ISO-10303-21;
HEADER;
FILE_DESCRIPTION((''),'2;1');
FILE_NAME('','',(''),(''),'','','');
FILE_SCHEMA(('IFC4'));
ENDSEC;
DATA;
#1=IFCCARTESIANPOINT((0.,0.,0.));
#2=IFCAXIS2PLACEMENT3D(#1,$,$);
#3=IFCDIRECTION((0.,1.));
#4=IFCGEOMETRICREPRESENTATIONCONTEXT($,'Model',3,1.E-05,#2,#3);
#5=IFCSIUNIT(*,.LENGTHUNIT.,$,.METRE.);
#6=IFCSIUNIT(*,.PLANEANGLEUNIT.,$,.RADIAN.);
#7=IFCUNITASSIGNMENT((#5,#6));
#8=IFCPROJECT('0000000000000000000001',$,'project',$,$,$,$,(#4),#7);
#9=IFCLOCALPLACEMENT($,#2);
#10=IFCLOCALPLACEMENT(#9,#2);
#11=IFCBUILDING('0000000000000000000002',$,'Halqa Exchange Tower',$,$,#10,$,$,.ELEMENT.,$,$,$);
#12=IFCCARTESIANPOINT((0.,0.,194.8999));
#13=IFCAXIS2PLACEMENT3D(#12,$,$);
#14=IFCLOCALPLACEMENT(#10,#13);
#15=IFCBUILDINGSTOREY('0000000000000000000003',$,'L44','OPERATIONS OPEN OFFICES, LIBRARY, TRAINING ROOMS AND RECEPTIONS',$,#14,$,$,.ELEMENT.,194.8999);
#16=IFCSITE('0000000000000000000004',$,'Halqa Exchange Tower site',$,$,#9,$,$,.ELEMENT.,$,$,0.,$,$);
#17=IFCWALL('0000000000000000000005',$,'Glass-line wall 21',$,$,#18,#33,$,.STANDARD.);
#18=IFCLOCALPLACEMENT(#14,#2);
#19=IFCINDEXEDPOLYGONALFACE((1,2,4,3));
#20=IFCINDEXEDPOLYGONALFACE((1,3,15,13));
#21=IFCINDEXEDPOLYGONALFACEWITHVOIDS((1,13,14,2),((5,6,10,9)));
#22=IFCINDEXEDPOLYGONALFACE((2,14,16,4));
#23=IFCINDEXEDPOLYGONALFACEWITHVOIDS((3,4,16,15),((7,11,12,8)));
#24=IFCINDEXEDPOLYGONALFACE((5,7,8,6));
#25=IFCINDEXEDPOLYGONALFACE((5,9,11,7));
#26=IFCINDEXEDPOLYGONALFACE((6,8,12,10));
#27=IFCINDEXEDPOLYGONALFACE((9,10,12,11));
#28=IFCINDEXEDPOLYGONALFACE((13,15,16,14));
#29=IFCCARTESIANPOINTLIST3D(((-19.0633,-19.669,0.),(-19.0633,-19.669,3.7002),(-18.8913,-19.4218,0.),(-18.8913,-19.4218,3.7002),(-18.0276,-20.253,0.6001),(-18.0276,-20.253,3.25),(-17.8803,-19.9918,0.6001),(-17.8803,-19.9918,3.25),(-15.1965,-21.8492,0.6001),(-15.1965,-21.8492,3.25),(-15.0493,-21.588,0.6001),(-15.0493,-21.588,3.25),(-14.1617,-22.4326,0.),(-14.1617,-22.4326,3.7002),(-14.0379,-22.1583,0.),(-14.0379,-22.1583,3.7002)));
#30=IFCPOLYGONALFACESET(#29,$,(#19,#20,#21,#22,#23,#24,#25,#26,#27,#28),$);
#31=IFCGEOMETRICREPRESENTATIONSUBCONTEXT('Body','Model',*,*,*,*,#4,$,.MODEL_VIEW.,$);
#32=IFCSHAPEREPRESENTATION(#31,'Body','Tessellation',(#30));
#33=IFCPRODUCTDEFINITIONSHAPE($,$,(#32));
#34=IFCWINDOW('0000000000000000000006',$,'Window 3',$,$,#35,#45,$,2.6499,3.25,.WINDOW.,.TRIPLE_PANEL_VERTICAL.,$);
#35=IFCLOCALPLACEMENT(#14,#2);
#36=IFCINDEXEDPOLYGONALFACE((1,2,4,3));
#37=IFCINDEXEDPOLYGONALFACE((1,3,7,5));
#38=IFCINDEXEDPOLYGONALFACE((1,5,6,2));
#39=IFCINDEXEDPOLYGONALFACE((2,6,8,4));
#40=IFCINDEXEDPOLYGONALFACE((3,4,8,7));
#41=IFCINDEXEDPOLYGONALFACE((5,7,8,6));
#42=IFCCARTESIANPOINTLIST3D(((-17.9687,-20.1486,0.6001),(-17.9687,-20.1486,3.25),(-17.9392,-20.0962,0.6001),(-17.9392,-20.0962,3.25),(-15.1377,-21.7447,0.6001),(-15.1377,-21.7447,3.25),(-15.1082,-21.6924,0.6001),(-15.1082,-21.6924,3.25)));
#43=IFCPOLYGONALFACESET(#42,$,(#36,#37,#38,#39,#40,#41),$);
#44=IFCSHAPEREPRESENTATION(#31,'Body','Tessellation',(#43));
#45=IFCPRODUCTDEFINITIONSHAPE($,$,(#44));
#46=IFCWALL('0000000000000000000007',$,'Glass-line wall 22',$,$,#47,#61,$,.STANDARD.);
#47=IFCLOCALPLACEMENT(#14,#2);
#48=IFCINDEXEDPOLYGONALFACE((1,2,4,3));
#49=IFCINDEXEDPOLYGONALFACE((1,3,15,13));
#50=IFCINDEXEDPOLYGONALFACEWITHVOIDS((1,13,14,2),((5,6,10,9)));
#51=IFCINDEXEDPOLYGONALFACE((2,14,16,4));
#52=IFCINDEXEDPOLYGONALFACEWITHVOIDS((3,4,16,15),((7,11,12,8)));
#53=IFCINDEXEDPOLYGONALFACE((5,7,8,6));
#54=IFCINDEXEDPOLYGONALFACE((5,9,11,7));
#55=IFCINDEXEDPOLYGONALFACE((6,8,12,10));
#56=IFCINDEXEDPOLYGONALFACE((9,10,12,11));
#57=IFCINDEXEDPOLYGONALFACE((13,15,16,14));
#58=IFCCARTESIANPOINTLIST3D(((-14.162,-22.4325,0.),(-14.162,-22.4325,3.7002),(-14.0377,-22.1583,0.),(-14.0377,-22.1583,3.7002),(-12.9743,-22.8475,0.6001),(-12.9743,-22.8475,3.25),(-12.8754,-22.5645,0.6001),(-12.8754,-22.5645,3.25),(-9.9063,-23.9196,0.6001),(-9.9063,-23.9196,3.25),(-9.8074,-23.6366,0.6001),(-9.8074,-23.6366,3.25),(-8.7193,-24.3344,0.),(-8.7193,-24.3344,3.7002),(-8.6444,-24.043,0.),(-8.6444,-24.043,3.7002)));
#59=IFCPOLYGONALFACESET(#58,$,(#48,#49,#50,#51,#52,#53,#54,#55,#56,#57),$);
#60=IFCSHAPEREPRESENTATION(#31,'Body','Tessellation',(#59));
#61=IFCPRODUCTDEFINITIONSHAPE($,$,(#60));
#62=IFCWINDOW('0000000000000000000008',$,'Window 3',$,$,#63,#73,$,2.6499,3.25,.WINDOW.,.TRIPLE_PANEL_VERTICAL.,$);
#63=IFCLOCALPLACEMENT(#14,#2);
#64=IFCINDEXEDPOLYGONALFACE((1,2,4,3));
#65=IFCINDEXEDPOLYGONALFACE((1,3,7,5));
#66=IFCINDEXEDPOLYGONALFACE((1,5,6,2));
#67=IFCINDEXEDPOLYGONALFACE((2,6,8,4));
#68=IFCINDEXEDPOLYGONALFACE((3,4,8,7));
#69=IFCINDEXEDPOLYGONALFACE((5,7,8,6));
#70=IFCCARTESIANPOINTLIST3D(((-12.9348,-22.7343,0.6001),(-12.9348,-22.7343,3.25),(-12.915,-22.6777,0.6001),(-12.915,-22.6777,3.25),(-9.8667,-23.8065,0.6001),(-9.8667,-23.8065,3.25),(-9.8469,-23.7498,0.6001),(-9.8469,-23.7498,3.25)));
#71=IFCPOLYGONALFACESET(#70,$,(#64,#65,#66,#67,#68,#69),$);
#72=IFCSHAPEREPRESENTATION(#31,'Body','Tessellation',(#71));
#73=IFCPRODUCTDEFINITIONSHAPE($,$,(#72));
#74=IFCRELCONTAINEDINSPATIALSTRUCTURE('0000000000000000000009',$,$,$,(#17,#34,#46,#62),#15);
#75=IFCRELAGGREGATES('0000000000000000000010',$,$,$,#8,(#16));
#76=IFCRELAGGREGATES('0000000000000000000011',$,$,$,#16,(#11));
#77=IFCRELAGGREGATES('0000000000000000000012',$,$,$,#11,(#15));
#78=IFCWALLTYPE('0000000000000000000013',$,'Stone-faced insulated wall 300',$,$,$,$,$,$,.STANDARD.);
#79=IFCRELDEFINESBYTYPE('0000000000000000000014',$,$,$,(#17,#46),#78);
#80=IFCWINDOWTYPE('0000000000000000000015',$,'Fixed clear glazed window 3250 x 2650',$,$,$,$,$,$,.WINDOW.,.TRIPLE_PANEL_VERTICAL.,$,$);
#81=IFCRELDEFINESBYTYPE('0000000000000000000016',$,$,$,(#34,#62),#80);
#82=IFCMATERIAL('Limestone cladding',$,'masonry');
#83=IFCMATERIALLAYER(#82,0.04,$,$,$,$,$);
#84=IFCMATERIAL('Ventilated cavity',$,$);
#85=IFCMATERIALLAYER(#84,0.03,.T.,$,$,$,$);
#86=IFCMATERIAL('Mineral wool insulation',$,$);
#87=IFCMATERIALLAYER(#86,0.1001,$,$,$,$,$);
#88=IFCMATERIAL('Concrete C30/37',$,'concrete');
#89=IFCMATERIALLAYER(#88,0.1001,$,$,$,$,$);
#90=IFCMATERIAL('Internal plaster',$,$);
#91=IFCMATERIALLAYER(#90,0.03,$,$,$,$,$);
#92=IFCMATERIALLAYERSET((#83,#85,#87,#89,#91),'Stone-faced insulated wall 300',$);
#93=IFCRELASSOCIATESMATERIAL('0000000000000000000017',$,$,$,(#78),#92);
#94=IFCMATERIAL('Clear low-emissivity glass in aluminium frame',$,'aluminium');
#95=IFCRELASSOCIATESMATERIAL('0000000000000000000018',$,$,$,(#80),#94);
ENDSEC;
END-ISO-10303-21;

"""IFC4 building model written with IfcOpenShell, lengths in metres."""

from ifc_helpers import new_model, si_unit, direction, frame, frame_2d, origin, place, context, subcontext, project, spatial, polyline, rectangle, outline, extrude, material, layer, layer_set, type_object, element, fill, save


model = new_model("IFC4")

# Units and contexts
model_context = context("Model", 3, precision=1e-05, world=origin(), true_north=direction((0.0, 1.0)))
body_context = subcontext(model_context, "Body", "Model", "MODEL_VIEW")
ifc_project = project(units=[si_unit("LENGTHUNIT", "METRE"), si_unit("PLANEANGLEUNIT", "RADIAN")], contexts=[model_context])

# Site, building, storey
site_placement = place(None, origin())
site = spatial("IfcSite", under=ifc_project, at=site_placement, Name="Halqa Exchange Tower site", CompositionType="ELEMENT", RefElevation=0.0)
building_placement = place(site_placement, origin())
building = spatial("IfcBuilding", under=site, at=building_placement, Name="Halqa Exchange Tower", CompositionType="ELEMENT")
storey_placement = place(building_placement, frame((0.0, 0.0, 194.8999)))
storey = spatial("IfcBuildingStorey", under=building, at=storey_placement, Name="L44", Description="OPERATIONS OPEN OFFICES, LIBRARY, TRAINING ROOMS AND RECEPTIONS", CompositionType="ELEMENT", Elevation=194.8999)

# Shared definitions
ifc_material_1 = material(Name="Limestone cladding", Category="masonry")
ifc_layer_1 = layer(ifc_material_1, 0.04)
ifc_material_2 = material(Name="Ventilated cavity")
ifc_layer_2 = layer(ifc_material_2, 0.03, ventilated=True)
ifc_material_3 = material(Name="Mineral wool insulation")
ifc_layer_3 = layer(ifc_material_3, 0.1001)
ifc_material_4 = material(Name="Concrete C30/37", Category="concrete")
ifc_layer_4 = layer(ifc_material_4, 0.1001)
ifc_material_5 = material(Name="Internal plaster")
ifc_layer_5 = layer(ifc_material_5, 0.03)
ifc_layer_set_1 = layer_set([ifc_layer_1, ifc_layer_2, ifc_layer_3, ifc_layer_4, ifc_layer_5], Name="Stone-faced insulated wall 300")
wall_type_1 = type_object("IfcWallType", Name="Stone-faced insulated wall 300", PredefinedType="STANDARD", material=ifc_layer_set_1)
ifc_material_6 = material(Name="Clear low-emissivity glass in aluminium frame", Category="aluminium")

# Walls, openings, windows
wall_1_placement = place(storey_placement, frame((-18.9773, -19.5454, 0.0), z_axis=(0.0, 0.0, 1.0), x_axis=(0.871084, -0.491135, 0.0)))
wall_1 = element("IfcWall", 1, at=wall_1_placement, inside=storey, type_object=wall_type_1, Name="Glass-line wall 21", PredefinedType="STANDARD", context=body_context, shape_type="SweptSolid", body=[
    extrude(outline(polyline([(-0.0142, -0.1499), (5.6128, -0.1499), (5.5859, 0.1499), (0.0142, 0.1499), (-0.0142, -0.1499)])), origin(), (0.0, 0.0, 1.0), 3.7002),
])
opening_1_placement = place(wall_1_placement, frame((1.1748, 0.0, 0.6001)))
opening_1 = element("IfcOpeningElement", 2, at=opening_1_placement, cuts=wall_1, PredefinedType="OPENING", context=body_context, shape_type="SweptSolid", body=[
    extrude(rectangle(XDim=3.25, YDim=2.6499, at=frame_2d((1.625, 1.325))), frame((0.0, 0.1621, 0.0), z_axis=(0.0, -1.0, 0.0), x_axis=(1.0, 0.0, 0.0)), (0.0, 0.0, 1.0), 0.324),
])
window_type = type_object("IfcWindowType", Name="Fixed clear glazed window 3250 x 2650", PartitioningType="TRIPLE_PANEL_VERTICAL", PredefinedType="WINDOW", material=ifc_material_6)
window_1_placement = place(opening_1_placement, origin())
window_1 = element("IfcWindow", 3, at=window_1_placement, inside=storey, type_object=window_type, Name="Window 3", OverallHeight=2.6499, OverallWidth=3.25, PartitioningType="TRIPLE_PANEL_VERTICAL", PredefinedType="WINDOW", context=body_context, shape_type="SweptSolid", body=[
    extrude(rectangle(XDim=3.25, YDim=2.6499, at=frame_2d((1.625, 1.325))), frame((0.0, 0.03, 0.0), z_axis=(0.0, -1.0, 0.0), x_axis=(1.0, 0.0, 0.0)), (0.0, 0.0, 1.0), 0.0601),
])
fill(opening_1, window_1)
wall_2_placement = place(storey_placement, frame((-14.0999, -22.2954, 0.0), z_axis=(0.0, 0.0, 1.0), x_axis=(0.94402, -0.329888, 0.0)))
wall_2 = element("IfcWall", 4, at=wall_2_placement, inside=storey, type_object=wall_type_1, Name="Glass-line wall 22", PredefinedType="STANDARD", context=body_context, shape_type="SweptSolid", body=[
    extrude(outline(polyline([(-0.0134, -0.1499), (5.752, -0.1499), (5.7266, 0.1499), (0.0134, 0.1499), (-0.0134, -0.1499)])), origin(), (0.0, 0.0, 1.0), 3.7002),
])
opening_2_placement = place(wall_2_placement, frame((1.2446, 0.0, 0.6001)))
opening_2 = element("IfcOpeningElement", 5, at=opening_2_placement, cuts=wall_2, PredefinedType="OPENING", context=body_context, shape_type="SweptSolid", body=[
    extrude(rectangle(XDim=3.25, YDim=2.6499, at=frame_2d((1.625, 1.325))), frame((0.0, 0.1621, 0.0), z_axis=(0.0, -1.0, 0.0), x_axis=(1.0, 0.0, 0.0)), (0.0, 0.0, 1.0), 0.324),
])
window_2_placement = place(opening_2_placement, origin())
window_2 = element("IfcWindow", 6, at=window_2_placement, inside=storey, type_object=window_type, Name="Window 3", OverallHeight=2.6499, OverallWidth=3.25, PartitioningType="TRIPLE_PANEL_VERTICAL", PredefinedType="WINDOW", context=body_context, shape_type="SweptSolid", body=[
    extrude(rectangle(XDim=3.25, YDim=2.6499, at=frame_2d((1.625, 1.325))), frame((0.0, 0.03, 0.0), z_axis=(0.0, -1.0, 0.0), x_axis=(1.0, 0.0, 0.0)), (0.0, 0.0, 1.0), 0.0601),
])
fill(opening_2, window_2)

save(model, "model.ifc")
